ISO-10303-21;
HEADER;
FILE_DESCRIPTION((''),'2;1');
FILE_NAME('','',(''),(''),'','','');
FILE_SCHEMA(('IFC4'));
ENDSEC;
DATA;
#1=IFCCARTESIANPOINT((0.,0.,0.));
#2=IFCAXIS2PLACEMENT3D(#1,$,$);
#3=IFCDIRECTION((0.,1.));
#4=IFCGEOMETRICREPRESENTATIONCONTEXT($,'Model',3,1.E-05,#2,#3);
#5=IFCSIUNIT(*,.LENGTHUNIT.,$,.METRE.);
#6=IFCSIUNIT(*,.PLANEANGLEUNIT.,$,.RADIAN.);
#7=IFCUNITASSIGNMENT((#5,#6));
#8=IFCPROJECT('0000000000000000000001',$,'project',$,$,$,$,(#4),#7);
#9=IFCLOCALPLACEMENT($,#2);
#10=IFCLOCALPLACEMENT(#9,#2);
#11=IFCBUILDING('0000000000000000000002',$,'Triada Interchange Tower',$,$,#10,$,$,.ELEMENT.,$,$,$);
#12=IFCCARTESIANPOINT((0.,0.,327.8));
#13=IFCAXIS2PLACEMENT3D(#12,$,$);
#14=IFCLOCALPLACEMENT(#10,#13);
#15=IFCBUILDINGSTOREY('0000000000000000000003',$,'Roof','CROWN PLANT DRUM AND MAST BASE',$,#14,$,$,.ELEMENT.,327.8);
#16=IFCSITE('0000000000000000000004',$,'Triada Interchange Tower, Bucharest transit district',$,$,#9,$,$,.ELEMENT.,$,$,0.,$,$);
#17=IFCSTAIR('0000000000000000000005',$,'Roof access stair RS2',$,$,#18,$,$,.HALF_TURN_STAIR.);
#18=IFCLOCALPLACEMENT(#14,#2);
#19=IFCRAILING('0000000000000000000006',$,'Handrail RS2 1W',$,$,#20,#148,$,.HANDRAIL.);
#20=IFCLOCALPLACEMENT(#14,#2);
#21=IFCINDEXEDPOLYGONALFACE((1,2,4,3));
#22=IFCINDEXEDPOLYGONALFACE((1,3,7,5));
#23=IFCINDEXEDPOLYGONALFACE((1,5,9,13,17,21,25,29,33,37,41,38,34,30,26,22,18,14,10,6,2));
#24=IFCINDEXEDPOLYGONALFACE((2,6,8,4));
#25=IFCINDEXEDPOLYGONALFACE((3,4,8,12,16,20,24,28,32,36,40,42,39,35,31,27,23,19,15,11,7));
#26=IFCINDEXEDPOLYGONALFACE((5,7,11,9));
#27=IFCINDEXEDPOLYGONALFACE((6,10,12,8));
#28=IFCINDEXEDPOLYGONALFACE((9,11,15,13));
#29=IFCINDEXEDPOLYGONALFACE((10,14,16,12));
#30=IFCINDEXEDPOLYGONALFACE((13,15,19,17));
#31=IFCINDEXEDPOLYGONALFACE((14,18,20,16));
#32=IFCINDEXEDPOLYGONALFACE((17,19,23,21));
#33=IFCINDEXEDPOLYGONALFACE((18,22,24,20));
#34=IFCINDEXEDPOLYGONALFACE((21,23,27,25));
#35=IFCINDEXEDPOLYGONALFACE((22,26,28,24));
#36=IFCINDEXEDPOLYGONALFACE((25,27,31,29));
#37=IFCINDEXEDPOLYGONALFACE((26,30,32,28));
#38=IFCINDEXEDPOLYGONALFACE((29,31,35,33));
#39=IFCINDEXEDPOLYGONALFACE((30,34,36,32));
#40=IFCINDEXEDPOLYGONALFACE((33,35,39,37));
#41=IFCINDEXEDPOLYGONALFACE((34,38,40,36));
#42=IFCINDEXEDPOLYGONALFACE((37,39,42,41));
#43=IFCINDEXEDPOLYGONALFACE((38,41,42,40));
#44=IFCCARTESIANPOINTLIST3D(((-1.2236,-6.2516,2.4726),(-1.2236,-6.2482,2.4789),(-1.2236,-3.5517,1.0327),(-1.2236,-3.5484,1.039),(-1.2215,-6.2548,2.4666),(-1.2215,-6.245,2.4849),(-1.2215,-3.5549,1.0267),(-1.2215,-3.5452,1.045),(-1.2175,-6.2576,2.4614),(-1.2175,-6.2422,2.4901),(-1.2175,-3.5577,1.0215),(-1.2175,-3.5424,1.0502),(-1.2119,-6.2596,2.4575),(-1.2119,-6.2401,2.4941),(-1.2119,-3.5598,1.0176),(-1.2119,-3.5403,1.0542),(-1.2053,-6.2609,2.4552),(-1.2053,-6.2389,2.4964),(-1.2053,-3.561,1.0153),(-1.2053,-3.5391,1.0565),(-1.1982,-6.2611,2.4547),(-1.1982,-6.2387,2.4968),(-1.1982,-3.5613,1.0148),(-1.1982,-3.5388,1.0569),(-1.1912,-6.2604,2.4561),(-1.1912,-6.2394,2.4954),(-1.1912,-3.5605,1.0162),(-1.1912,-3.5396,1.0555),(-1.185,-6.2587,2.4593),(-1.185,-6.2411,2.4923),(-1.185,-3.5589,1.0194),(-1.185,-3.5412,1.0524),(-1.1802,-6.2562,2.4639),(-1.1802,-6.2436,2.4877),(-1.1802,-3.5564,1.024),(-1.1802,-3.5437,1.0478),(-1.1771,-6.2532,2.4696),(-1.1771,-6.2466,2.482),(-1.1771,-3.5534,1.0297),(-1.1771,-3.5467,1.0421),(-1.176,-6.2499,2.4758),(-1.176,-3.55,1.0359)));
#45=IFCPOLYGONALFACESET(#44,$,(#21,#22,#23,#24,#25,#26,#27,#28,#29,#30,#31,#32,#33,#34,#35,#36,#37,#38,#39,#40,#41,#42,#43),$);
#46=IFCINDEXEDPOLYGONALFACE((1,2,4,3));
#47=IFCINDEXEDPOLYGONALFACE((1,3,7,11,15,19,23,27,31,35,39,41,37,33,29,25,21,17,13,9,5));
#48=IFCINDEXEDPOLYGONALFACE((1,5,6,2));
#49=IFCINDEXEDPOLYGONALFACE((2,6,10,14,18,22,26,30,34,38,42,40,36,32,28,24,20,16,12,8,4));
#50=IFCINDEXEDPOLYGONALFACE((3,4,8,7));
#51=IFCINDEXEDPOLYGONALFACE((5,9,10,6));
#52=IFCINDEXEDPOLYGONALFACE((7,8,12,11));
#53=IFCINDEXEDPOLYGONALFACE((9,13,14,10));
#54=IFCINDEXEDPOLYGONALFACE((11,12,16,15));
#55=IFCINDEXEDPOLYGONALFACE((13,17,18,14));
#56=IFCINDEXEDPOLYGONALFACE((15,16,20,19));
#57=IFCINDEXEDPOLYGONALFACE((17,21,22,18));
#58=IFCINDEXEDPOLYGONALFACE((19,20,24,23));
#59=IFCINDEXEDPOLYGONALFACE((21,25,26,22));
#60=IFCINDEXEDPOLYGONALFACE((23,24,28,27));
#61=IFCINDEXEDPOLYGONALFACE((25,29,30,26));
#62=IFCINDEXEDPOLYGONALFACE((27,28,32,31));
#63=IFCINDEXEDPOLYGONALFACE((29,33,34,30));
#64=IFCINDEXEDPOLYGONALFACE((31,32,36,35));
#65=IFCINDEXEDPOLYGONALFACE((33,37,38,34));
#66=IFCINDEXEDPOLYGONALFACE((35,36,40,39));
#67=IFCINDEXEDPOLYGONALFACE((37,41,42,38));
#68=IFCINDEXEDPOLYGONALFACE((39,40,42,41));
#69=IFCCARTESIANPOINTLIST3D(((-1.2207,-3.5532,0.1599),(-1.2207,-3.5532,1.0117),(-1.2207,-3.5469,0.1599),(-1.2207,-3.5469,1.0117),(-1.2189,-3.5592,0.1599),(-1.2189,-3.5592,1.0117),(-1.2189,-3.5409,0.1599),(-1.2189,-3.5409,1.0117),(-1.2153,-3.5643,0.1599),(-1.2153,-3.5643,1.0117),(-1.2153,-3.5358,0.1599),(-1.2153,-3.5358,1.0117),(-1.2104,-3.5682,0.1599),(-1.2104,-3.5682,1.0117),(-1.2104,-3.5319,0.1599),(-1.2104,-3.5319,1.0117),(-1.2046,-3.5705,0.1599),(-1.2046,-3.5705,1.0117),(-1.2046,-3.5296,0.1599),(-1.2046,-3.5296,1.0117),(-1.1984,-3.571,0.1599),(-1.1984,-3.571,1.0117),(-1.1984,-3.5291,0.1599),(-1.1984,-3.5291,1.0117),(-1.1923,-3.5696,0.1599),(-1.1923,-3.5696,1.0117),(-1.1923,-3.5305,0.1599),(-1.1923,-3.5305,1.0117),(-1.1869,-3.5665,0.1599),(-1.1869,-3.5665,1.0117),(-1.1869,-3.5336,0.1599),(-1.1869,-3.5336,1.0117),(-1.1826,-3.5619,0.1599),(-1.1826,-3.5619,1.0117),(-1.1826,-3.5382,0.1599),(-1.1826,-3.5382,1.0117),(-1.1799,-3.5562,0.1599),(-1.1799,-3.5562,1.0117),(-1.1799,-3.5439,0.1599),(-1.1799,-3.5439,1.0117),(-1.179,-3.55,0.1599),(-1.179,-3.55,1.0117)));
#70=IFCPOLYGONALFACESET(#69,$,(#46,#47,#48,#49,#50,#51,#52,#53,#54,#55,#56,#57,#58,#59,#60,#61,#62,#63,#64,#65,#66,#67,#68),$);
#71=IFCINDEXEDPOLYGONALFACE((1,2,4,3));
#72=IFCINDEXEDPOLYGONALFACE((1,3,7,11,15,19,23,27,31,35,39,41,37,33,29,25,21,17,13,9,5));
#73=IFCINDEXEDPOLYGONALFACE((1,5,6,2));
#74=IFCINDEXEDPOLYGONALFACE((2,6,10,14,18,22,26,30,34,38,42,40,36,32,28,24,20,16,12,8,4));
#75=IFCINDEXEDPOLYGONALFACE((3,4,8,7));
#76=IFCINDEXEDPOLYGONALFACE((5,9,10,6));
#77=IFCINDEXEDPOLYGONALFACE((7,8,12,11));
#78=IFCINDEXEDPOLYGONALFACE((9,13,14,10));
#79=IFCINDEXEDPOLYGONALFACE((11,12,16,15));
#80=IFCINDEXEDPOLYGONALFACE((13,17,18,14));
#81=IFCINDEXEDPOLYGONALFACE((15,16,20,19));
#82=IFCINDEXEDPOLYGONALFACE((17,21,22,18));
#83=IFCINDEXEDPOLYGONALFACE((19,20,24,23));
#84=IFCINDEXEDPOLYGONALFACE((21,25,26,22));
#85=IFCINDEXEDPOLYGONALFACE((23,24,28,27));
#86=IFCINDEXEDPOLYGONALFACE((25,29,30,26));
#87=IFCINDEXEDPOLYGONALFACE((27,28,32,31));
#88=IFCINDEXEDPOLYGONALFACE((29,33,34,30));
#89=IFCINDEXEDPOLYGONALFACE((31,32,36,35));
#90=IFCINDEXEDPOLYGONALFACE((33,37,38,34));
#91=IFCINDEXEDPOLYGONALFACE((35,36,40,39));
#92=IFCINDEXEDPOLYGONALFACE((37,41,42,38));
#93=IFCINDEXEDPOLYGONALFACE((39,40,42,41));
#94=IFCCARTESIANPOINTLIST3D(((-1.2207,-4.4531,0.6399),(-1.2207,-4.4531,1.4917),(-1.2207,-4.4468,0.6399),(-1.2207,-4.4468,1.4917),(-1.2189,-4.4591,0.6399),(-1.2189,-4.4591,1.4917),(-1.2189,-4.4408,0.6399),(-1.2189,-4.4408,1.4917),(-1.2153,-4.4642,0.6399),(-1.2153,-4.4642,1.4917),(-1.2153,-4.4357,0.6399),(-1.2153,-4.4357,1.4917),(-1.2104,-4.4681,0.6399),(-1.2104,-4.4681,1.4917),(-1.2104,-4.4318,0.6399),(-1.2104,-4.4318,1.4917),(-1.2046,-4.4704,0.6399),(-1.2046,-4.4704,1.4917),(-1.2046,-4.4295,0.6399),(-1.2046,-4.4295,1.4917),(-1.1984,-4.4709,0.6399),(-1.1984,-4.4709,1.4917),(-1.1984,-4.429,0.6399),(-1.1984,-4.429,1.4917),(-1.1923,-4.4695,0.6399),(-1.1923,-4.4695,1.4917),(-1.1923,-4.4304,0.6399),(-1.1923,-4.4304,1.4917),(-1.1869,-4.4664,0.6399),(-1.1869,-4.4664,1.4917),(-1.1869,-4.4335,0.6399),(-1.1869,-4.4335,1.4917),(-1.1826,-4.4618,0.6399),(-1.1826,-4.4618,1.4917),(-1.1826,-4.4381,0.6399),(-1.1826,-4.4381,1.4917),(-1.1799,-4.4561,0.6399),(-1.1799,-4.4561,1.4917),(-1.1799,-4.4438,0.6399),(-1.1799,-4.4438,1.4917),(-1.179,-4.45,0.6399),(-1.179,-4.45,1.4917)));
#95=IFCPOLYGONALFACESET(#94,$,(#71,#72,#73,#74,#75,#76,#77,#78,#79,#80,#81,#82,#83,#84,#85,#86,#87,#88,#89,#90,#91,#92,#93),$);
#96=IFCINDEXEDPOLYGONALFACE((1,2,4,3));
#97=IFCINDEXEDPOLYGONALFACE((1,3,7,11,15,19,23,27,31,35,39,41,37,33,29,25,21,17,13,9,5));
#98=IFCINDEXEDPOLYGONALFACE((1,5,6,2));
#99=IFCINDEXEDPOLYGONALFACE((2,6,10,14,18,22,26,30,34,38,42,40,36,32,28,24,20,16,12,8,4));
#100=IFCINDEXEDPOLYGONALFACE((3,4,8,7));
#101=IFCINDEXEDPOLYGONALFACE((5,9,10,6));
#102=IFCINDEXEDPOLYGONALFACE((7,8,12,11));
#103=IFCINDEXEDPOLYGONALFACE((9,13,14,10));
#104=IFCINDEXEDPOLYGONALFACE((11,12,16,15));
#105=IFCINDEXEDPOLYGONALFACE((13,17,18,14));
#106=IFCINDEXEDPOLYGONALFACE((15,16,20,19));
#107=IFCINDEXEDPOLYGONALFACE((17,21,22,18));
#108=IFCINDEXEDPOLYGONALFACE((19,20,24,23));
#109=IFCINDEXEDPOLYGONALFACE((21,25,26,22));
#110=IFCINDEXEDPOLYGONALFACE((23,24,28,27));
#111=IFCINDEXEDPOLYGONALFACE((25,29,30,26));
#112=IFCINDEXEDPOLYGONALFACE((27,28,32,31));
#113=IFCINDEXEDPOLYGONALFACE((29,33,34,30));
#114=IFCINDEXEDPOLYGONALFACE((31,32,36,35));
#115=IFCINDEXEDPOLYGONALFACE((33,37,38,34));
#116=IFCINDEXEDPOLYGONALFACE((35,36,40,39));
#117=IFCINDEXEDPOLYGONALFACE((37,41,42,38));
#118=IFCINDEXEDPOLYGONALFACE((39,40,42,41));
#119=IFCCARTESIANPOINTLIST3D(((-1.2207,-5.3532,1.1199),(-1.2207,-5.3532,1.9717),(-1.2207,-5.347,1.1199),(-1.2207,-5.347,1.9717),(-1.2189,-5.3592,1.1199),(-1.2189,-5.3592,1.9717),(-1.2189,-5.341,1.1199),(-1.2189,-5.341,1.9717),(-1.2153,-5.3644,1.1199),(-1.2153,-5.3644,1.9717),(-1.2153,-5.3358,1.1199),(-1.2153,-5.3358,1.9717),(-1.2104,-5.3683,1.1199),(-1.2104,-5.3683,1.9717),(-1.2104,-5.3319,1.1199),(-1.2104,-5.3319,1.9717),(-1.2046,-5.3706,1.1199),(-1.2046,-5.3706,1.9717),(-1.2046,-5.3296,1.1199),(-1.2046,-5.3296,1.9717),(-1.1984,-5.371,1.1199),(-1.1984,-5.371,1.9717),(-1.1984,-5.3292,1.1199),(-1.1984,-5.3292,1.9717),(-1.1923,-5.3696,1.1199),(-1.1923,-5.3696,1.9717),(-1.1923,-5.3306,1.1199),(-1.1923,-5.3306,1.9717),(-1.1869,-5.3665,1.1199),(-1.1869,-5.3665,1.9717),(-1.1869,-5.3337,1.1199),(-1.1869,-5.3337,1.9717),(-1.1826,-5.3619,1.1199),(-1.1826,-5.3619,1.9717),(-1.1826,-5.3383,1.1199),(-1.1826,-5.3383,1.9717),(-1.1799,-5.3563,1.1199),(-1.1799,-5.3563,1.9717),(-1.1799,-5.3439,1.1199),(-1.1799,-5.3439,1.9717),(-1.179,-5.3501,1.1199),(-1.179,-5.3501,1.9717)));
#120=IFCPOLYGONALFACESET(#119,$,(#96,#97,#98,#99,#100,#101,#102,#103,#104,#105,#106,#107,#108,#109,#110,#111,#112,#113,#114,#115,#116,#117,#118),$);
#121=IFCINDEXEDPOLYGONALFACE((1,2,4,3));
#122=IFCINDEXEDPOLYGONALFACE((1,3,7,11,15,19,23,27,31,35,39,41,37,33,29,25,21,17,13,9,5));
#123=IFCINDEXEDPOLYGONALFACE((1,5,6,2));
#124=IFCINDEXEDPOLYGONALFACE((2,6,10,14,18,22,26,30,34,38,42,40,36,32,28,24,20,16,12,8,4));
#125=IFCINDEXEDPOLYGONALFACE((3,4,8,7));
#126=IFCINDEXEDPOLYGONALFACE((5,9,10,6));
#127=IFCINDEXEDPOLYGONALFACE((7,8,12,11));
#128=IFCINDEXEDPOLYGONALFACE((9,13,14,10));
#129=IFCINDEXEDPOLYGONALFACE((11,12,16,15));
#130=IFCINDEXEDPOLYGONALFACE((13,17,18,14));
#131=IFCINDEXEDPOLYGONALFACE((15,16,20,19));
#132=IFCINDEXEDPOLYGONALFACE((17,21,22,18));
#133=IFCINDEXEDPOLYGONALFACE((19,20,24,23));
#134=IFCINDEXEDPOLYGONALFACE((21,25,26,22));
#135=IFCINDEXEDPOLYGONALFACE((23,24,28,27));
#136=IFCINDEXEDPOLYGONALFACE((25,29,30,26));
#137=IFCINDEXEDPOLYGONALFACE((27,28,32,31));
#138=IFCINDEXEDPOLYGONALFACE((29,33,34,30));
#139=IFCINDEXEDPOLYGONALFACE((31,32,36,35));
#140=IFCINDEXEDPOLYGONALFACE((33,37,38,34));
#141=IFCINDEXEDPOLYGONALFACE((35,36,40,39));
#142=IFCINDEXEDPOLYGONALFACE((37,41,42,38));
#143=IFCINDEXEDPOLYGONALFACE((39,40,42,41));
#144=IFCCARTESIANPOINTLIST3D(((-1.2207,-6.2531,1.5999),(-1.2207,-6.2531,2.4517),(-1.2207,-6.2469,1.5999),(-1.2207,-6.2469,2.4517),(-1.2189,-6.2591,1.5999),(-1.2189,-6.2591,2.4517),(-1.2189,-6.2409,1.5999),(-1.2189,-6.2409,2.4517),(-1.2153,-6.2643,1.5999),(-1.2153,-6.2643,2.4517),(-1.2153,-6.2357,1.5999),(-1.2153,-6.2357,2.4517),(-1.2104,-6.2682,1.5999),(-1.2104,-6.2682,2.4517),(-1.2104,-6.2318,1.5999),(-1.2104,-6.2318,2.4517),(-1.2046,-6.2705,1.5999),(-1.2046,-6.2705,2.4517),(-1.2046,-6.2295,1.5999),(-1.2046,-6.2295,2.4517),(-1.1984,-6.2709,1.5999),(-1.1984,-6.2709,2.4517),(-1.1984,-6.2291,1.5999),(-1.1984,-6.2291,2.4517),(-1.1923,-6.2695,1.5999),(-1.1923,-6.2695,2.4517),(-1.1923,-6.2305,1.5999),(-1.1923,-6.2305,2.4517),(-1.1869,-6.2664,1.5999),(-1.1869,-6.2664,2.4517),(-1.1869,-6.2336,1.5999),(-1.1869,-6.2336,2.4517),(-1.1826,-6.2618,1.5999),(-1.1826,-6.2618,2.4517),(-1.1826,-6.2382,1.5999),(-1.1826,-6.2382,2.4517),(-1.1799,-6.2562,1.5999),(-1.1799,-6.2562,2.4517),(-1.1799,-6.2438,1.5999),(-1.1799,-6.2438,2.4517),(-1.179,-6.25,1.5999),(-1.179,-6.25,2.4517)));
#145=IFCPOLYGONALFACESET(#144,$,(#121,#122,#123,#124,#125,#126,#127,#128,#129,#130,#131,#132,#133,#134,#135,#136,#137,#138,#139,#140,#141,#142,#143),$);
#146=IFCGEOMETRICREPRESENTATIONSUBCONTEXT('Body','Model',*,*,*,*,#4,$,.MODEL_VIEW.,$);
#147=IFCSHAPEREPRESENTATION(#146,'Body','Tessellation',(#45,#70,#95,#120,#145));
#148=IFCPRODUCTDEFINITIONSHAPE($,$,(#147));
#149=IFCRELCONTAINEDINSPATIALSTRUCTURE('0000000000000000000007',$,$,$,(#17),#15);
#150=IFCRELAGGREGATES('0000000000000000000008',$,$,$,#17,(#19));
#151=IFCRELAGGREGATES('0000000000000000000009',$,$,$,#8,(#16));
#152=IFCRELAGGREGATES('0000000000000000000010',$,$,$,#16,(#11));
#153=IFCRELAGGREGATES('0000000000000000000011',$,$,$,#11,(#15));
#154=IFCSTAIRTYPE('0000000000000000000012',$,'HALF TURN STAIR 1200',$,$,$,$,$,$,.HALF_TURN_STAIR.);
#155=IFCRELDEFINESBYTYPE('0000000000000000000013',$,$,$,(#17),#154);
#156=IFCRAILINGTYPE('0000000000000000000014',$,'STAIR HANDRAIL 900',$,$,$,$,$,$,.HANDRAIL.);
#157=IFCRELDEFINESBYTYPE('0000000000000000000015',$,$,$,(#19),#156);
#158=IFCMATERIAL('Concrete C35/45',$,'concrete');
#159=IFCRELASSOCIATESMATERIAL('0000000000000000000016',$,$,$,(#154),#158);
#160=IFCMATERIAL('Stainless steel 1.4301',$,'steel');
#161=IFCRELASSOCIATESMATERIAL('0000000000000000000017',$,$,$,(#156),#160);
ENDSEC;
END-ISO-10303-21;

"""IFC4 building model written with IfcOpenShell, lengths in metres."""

from ifc_helpers import new_model, si_unit, direction, frame, origin, origin_2d, place, context, subcontext, project, spatial, circle, extrude, material, type_object, element, aggregate, save


model = new_model("IFC4")

# Units and contexts
model_context = context("Model", 3, precision=1e-05, world=origin(), true_north=direction((0.0, 1.0)))
body_context = subcontext(model_context, "Body", "Model", "MODEL_VIEW")
ifc_project = project(units=[si_unit("LENGTHUNIT", "METRE"), si_unit("PLANEANGLEUNIT", "RADIAN")], contexts=[model_context])

# Site, building, storey
site_placement = place(None, origin())
site = spatial("IfcSite", under=ifc_project, at=site_placement, Name="Triada Interchange Tower, Bucharest transit district", CompositionType="ELEMENT", RefElevation=0.0)
building_placement = place(site_placement, origin())
building = spatial("IfcBuilding", under=site, at=building_placement, Name="Triada Interchange Tower", CompositionType="ELEMENT")
storey_placement = place(building_placement, frame((0.0, 0.0, 327.8)))
storey = spatial("IfcBuildingStorey", under=building, at=storey_placement, Name="Roof", Description="CROWN PLANT DRUM AND MAST BASE", CompositionType="ELEMENT", Elevation=327.8)

# Stair
ifc_material_1 = material(Name="Concrete C35/45", Category="concrete")
stair_type = type_object("IfcStairType", Name="HALF TURN STAIR 1200", PredefinedType="HALF_TURN_STAIR", material=ifc_material_1)
stair_placement = place(storey_placement, origin())
stair = element("IfcStair", 1, at=stair_placement, inside=storey, type_object=stair_type, Name="Roof access stair RS2", PredefinedType="HALF_TURN_STAIR")

# Railing
ifc_material_2 = material(Name="Stainless steel 1.4301", Category="steel")
railing_type = type_object("IfcRailingType", Name="STAIR HANDRAIL 900", PredefinedType="HANDRAIL", material=ifc_material_2)
railing_1_placement = place(storey_placement, frame((-1.2, -3.55, 0.1599)))
railing_1 = element("IfcRailing", 2, at=railing_1_placement, type_object=railing_type, Name="Handrail RS2 1W", PredefinedType="HANDRAIL", context=body_context, shape_type="SweptSolid", body=[
    extrude(circle(Radius=0.0239, at=origin_2d()), frame((0.0, 0.0, 0.876), z_axis=(0.0, -0.882357, 0.47058), x_axis=(1.0, 0.0, 0.0)), (0.0, 0.0, 1.0), 3.0598),
    extrude(circle(Radius=0.021, at=origin_2d()), origin(), (0.0, 0.0, 1.0), 0.8518),
    extrude(circle(Radius=0.021, at=origin_2d()), frame((0.0, -0.8999, 0.48)), (0.0, 0.0, 1.0), 0.8518),
    extrude(circle(Radius=0.021, at=origin_2d()), frame((0.0, -1.8, 0.96)), (0.0, 0.0, 1.0), 0.8518),
    extrude(circle(Radius=0.021, at=origin_2d()), frame((0.0, -2.7, 1.4399)), (0.0, 0.0, 1.0), 0.8518),
])
aggregate(stair, [railing_1])

save(model, "model.ifc")
